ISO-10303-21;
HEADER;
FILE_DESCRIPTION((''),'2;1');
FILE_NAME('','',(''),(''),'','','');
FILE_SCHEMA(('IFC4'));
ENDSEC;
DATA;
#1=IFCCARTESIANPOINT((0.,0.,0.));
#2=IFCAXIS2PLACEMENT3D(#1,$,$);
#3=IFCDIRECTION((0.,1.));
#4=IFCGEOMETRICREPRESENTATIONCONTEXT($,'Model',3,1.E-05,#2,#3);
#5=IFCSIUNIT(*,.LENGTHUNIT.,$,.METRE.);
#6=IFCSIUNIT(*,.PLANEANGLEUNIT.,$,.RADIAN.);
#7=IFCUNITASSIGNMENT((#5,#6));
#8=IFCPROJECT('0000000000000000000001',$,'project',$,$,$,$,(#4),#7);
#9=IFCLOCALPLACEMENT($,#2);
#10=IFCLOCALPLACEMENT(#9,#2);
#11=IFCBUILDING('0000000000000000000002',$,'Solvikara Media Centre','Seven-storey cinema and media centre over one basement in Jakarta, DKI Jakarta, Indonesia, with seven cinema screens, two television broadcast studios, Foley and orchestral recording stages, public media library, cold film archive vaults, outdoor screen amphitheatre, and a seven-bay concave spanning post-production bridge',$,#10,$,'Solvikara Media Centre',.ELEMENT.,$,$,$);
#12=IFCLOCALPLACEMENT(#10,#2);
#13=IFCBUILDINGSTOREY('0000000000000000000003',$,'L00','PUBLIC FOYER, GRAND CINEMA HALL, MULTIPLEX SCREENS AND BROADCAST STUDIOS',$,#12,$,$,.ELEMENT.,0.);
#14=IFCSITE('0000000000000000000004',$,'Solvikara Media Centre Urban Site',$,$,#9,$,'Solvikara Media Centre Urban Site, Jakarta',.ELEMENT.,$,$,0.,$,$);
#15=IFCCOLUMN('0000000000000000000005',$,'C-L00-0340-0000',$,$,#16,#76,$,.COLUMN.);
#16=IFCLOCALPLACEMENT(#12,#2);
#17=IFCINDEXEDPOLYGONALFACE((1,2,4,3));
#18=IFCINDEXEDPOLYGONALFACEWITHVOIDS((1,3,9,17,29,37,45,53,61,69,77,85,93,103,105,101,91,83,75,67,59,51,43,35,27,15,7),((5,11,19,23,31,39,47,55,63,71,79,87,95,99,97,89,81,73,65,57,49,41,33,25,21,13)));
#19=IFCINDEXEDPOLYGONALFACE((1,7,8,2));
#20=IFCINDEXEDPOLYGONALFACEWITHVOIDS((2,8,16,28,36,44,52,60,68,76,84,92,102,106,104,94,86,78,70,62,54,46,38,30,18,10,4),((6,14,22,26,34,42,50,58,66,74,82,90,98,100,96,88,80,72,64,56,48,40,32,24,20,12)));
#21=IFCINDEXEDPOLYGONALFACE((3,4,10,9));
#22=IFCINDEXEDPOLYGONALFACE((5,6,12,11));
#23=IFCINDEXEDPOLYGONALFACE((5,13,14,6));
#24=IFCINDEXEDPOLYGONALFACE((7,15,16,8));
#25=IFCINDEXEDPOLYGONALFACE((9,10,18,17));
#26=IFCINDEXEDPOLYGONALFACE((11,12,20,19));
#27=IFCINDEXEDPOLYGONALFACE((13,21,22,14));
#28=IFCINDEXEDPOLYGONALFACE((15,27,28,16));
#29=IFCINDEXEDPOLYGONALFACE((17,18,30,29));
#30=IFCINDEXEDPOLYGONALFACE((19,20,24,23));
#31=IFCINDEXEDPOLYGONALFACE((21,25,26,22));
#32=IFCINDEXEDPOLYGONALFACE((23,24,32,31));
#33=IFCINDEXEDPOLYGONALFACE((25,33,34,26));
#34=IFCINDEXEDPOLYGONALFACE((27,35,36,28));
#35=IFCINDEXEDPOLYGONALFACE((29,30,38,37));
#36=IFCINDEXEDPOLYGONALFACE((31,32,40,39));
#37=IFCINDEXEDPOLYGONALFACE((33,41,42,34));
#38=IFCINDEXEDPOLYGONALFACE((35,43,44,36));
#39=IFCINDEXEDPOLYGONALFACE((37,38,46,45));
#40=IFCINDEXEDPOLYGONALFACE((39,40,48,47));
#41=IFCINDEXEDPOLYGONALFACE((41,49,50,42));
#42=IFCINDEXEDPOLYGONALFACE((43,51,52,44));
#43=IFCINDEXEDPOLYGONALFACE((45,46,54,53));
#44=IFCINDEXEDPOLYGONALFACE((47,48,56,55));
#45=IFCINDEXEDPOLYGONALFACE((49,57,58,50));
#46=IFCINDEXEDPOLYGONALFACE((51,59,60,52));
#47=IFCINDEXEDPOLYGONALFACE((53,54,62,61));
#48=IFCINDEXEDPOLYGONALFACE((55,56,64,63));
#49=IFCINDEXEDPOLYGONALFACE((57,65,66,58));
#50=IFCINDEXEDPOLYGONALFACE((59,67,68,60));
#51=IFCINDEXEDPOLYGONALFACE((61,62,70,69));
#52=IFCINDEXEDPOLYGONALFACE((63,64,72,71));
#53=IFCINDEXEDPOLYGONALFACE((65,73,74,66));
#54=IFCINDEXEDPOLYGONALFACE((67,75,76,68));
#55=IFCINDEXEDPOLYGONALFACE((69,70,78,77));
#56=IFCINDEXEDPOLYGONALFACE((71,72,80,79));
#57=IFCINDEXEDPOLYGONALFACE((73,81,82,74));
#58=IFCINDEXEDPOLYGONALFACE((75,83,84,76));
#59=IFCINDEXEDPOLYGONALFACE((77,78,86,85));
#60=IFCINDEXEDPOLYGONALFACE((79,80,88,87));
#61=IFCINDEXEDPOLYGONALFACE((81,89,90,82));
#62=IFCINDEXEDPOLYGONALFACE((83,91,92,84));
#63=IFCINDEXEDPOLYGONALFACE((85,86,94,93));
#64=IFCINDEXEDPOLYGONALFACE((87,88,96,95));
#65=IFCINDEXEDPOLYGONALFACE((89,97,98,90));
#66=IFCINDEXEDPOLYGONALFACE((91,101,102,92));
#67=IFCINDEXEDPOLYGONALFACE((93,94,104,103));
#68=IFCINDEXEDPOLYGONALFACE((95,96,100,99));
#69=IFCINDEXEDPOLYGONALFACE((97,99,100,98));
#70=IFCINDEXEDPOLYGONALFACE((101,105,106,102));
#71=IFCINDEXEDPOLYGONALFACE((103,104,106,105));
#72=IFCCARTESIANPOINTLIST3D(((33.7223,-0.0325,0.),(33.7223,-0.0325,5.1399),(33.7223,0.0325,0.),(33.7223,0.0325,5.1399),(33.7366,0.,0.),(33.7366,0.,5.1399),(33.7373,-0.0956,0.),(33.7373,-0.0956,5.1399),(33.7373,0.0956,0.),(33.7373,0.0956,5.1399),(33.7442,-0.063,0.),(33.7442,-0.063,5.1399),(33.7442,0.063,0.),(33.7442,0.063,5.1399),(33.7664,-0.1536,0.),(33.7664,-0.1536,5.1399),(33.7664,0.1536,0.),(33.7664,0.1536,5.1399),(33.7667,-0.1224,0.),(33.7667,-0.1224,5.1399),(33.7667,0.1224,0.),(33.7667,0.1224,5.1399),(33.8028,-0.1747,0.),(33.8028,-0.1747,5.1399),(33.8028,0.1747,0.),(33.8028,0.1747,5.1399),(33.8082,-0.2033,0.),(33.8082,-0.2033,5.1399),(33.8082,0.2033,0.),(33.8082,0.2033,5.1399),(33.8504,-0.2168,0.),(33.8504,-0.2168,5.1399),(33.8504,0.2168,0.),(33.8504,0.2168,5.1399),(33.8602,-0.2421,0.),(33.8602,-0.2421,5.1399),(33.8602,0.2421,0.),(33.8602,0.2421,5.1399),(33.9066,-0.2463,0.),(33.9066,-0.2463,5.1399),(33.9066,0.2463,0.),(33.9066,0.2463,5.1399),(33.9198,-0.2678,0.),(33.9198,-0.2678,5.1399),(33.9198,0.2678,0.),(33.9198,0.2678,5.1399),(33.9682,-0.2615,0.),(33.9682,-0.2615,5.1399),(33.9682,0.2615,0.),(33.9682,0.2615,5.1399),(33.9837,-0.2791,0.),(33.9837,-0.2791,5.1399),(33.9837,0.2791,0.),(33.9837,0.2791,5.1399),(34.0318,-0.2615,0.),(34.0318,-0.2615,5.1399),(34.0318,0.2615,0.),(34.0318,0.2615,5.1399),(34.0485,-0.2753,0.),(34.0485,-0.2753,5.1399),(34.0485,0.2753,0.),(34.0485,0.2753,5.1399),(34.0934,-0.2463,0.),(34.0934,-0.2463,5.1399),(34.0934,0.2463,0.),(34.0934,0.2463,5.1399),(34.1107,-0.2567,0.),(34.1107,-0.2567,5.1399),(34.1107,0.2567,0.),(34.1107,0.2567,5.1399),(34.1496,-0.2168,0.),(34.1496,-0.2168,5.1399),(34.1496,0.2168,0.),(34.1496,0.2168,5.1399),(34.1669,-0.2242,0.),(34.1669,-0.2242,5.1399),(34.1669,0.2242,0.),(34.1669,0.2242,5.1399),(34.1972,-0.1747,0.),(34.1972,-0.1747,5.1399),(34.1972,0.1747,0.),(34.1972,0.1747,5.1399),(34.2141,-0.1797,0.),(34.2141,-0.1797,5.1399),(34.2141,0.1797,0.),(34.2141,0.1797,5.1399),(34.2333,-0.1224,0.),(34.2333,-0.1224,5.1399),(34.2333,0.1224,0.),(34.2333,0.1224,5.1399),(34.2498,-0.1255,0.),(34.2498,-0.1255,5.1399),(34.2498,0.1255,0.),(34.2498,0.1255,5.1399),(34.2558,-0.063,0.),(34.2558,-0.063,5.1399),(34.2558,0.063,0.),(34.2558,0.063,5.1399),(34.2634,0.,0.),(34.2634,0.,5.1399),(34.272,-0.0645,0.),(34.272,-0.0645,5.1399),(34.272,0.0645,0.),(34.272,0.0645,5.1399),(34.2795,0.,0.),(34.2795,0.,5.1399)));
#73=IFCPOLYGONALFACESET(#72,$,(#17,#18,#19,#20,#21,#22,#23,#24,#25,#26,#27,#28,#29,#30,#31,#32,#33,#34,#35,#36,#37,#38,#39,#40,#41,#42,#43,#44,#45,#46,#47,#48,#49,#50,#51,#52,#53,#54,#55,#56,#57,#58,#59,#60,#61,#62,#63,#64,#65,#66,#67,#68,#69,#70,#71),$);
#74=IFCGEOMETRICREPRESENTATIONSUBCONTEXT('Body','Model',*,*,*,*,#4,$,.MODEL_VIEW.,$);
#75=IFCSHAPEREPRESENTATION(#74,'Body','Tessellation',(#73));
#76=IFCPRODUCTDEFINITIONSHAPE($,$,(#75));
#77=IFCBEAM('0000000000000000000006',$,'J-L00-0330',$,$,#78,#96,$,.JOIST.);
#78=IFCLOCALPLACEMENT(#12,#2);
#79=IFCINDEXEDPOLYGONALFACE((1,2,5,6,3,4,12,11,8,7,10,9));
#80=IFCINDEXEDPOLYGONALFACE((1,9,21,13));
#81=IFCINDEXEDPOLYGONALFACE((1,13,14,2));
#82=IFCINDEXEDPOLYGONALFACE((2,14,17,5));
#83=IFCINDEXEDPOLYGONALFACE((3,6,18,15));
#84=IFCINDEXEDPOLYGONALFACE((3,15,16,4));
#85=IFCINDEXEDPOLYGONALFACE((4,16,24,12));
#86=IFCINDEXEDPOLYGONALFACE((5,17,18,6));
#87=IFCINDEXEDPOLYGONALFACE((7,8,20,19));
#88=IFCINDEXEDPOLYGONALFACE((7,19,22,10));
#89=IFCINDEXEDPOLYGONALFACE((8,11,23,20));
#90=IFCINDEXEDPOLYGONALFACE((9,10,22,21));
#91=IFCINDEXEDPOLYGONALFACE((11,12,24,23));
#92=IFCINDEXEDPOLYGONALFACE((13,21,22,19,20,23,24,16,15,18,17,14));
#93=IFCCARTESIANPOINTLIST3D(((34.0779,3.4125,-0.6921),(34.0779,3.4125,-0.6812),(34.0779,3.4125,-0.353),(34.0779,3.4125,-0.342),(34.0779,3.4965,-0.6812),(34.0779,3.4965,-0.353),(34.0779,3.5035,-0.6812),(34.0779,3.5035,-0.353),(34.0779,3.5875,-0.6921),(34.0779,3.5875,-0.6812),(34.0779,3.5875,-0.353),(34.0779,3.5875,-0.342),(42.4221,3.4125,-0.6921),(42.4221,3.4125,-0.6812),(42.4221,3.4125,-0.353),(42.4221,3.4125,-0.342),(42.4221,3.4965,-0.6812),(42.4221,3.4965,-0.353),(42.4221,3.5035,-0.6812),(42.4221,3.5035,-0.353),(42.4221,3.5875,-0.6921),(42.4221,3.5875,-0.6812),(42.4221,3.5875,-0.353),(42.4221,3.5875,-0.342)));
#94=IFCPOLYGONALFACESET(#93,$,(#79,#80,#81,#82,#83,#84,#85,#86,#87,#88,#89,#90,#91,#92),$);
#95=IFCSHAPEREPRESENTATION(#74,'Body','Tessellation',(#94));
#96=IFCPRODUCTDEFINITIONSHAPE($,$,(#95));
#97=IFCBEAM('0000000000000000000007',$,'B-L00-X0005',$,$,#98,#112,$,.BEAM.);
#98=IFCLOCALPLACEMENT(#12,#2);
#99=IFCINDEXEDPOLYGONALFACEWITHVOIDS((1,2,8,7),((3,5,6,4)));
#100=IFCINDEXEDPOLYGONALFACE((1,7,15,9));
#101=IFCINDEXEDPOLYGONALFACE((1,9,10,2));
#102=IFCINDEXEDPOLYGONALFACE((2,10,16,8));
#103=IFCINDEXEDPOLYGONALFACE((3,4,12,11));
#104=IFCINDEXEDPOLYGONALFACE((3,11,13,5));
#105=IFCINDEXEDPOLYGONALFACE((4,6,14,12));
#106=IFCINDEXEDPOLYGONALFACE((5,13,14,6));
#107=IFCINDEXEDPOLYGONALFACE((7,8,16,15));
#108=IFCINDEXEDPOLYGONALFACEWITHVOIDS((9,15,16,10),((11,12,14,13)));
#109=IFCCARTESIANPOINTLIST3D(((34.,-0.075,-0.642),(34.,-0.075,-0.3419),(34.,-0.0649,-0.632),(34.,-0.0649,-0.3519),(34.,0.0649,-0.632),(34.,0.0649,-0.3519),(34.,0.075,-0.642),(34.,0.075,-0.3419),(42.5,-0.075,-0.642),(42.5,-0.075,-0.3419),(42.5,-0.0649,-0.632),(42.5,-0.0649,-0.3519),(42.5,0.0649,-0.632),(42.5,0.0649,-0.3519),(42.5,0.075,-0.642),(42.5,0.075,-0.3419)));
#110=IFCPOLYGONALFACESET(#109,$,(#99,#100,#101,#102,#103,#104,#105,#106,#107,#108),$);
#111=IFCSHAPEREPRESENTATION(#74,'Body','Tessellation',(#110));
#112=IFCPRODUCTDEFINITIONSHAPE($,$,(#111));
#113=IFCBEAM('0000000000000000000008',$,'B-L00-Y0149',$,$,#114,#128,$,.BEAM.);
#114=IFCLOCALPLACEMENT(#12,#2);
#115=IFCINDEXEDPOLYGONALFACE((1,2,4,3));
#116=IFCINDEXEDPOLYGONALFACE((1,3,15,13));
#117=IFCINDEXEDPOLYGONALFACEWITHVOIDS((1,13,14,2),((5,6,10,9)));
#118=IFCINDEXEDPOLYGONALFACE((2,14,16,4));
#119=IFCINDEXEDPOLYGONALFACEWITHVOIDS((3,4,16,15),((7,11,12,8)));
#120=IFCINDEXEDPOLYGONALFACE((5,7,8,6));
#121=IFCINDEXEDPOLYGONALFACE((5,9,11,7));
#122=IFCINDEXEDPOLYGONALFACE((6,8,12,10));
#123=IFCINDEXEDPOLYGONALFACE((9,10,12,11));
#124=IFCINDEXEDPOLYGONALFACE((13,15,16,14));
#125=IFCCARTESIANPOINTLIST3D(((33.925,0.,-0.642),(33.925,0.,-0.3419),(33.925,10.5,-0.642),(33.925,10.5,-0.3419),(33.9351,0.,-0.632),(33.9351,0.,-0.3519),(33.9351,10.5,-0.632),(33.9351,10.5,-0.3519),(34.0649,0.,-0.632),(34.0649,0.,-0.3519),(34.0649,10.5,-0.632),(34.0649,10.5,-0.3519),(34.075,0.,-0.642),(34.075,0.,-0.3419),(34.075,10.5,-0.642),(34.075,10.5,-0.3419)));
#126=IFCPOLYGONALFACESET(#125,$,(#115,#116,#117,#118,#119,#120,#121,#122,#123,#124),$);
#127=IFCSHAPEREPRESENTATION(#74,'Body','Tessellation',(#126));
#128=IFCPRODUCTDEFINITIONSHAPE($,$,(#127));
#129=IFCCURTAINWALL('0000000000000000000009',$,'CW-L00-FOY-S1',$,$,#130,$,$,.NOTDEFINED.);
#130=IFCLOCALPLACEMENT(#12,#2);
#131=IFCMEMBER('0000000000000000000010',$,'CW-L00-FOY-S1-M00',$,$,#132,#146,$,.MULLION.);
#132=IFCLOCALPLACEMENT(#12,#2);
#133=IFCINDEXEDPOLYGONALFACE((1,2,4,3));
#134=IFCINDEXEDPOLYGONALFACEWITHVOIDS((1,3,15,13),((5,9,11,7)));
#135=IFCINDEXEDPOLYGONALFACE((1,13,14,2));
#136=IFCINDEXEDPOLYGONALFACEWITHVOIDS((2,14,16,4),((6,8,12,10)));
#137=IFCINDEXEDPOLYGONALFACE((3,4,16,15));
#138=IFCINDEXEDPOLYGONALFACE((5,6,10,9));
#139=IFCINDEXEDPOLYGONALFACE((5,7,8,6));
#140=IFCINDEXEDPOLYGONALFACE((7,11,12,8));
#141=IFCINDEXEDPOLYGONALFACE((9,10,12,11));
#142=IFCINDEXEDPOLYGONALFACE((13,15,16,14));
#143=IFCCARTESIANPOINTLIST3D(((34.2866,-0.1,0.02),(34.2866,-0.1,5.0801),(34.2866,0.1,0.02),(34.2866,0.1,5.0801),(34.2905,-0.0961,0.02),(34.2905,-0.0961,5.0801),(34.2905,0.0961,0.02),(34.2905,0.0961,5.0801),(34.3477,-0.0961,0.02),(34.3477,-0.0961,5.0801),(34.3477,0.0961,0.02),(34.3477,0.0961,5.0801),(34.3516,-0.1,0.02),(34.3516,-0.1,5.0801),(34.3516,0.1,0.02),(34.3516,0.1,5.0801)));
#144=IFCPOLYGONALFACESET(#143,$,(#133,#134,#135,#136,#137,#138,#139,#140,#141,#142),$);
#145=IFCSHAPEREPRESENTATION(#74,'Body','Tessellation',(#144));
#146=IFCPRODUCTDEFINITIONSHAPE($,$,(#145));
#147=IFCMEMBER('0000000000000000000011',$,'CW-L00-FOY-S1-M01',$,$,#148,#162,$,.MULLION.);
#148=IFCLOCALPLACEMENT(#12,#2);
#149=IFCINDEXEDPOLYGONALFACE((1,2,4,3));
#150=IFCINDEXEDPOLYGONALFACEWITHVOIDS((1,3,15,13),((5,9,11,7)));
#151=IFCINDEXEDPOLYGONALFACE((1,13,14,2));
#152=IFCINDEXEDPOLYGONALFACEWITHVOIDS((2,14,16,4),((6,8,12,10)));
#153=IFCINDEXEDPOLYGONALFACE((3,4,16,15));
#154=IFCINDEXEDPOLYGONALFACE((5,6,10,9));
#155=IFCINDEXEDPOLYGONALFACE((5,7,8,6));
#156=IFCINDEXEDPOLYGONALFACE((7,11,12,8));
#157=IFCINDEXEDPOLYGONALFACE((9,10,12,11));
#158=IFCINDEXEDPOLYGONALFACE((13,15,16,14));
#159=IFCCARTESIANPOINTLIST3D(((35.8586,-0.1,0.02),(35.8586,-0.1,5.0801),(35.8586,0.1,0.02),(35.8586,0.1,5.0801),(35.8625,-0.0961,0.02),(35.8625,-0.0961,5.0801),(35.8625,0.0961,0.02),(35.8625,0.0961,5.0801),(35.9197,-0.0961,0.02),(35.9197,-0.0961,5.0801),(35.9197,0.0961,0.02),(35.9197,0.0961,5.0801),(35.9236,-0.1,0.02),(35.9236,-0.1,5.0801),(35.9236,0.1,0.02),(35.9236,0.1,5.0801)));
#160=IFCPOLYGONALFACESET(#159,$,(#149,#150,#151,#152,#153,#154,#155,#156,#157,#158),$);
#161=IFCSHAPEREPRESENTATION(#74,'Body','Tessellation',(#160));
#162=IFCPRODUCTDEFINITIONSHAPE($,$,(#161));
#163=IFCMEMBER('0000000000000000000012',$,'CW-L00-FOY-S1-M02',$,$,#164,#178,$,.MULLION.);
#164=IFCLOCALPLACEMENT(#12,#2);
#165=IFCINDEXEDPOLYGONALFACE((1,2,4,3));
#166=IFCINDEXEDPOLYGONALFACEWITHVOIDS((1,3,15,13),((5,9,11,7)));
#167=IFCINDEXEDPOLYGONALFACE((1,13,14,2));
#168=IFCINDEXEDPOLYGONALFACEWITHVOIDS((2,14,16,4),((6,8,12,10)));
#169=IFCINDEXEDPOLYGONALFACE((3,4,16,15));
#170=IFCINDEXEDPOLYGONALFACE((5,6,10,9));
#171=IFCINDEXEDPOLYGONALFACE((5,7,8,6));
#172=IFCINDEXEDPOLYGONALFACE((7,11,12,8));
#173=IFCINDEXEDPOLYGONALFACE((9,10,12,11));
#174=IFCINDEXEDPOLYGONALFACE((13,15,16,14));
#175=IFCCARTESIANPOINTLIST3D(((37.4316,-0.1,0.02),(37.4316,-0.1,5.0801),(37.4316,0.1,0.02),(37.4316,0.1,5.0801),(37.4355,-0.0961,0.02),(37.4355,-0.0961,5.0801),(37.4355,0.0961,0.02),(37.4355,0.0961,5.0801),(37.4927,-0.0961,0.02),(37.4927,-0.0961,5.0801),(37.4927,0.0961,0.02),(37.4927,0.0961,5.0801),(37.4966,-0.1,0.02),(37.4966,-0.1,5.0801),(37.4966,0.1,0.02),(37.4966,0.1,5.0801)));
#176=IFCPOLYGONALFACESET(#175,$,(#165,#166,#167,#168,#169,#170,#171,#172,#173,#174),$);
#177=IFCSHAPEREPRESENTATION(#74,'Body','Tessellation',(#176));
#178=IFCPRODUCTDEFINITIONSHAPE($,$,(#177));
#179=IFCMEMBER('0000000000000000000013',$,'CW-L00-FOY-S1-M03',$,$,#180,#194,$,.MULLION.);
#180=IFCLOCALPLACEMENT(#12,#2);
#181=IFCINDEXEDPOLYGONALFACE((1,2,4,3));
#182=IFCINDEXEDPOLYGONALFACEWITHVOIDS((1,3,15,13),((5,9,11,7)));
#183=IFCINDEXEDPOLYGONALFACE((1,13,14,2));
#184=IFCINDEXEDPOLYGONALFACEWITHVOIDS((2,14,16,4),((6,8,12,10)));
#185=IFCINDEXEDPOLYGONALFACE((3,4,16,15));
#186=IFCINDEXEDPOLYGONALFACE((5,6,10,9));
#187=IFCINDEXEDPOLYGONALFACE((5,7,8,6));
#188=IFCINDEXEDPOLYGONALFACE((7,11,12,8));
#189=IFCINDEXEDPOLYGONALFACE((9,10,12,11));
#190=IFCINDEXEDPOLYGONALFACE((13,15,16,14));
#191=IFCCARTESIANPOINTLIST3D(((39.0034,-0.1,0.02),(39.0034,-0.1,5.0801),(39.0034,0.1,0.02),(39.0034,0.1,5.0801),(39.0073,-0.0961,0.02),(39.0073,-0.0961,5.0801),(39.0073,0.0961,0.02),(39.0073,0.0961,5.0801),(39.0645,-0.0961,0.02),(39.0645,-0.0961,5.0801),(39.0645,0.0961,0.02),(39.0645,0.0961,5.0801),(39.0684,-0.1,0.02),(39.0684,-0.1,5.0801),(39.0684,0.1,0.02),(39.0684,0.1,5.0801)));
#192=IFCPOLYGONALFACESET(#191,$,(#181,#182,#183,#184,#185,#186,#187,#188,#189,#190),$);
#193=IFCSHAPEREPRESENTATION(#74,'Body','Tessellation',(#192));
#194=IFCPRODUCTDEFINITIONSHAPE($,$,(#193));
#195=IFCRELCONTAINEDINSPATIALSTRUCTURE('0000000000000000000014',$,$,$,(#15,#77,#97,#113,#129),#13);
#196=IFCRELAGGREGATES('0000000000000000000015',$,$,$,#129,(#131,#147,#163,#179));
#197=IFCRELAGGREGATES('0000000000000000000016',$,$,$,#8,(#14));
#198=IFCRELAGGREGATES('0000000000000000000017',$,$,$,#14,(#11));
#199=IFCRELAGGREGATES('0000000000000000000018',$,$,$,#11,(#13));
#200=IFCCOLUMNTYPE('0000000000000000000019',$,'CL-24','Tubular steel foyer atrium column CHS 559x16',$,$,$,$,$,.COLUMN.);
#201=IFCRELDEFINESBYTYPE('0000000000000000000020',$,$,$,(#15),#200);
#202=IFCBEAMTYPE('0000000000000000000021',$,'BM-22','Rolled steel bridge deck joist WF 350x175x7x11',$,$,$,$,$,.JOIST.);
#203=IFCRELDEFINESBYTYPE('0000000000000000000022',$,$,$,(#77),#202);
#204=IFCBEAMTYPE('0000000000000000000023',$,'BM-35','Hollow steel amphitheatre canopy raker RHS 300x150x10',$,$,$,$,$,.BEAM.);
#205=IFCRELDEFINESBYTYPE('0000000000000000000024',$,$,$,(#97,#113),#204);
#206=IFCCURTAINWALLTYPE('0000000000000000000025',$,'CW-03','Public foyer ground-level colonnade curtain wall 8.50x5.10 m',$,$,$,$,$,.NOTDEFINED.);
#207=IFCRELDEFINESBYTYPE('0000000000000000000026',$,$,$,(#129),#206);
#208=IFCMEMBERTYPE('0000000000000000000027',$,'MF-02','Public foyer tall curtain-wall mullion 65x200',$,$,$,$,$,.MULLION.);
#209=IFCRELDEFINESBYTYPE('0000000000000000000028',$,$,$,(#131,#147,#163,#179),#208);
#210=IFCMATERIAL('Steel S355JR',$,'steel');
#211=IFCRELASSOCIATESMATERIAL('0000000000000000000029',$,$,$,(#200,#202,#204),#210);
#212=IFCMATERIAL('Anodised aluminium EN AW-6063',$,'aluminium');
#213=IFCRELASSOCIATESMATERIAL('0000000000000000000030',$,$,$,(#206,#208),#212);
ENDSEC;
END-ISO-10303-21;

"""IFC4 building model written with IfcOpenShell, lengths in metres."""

from ifc_helpers import new_model, si_unit, direction, frame, origin, origin_2d, place, context, subcontext, project, spatial, hollow_rectangle, hollow_circle, i_section, extrude, material, material_profile, profile_set, type_object, element, aggregate, save


model = new_model("IFC4")

# Units and contexts
model_context = context("Model", 3, precision=1e-05, world=origin(), true_north=direction((0.0, 1.0)))
body_context = subcontext(model_context, "Body", "Model", "MODEL_VIEW")
ifc_project = project(units=[si_unit("LENGTHUNIT", "METRE"), si_unit("PLANEANGLEUNIT", "RADIAN")], contexts=[model_context])

# Site, building, storey
site_placement = place(None, origin())
site = spatial("IfcSite", under=ifc_project, at=site_placement, Name="Solvikara Media Centre Urban Site", LongName="Solvikara Media Centre Urban Site, Jakarta", CompositionType="ELEMENT", RefElevation=0.0)
building_placement = place(site_placement, origin())
building = spatial("IfcBuilding", under=site, at=building_placement, Name="Solvikara Media Centre", Description="Seven-storey cinema and media centre over one basement in Jakarta, DKI Jakarta, Indonesia, with seven cinema screens, two television broadcast studios, Foley and orchestral recording stages, public media library, cold film archive vaults, outdoor screen amphitheatre, and a seven-bay concave spanning post-production bridge", LongName="Solvikara Media Centre", CompositionType="ELEMENT")
storey_placement = place(building_placement, origin())
storey = spatial("IfcBuildingStorey", under=building, at=storey_placement, Name="L00", Description="PUBLIC FOYER, GRAND CINEMA HALL, MULTIPLEX SCREENS AND BROADCAST STUDIOS", CompositionType="ELEMENT", Elevation=0.0)

# Column
ifc_material_1 = material(Name="Steel S355JR", Category="steel")
ifc_material_profile_1 = material_profile(ifc_material_1, hollow_circle(Radius=0.2795, WallThickness=0.0161, at=origin_2d()), Name="CHS 559x16")
ifc_profile_set_1 = profile_set([ifc_material_profile_1], Name="Steel S355JR")
column_type = type_object("IfcColumnType", Name="CL-24", Description="Tubular steel foyer atrium column CHS 559x16", PredefinedType="COLUMN", material=ifc_profile_set_1)
column_placement = place(storey_placement, frame((34.0, 0.0, 0.0), z_axis=(0.0, 0.0, 1.0), x_axis=(1.0, 0.0, 0.0)))
element("IfcColumn", 1, at=column_placement, inside=storey, type_object=column_type, Name="C-L00-0340-0000", PredefinedType="COLUMN", context=body_context, shape_type="SweptSolid", body=[
    extrude(hollow_circle(Radius=0.2795, WallThickness=0.0161, at=origin_2d()), origin(), (0.0, 0.0, 1.0), 5.1399),
])

# Beams
ifc_material_profile_2 = material_profile(ifc_material_1, i_section(OverallWidth=0.175, OverallDepth=0.3501, WebThickness=0.0071, FlangeThickness=0.011, at=origin_2d()), Name="WF 350x175x7x11")
ifc_profile_set_2 = profile_set([ifc_material_profile_2], Name="Steel S355JR")
beam_type_1 = type_object("IfcBeamType", Name="BM-22", Description="Rolled steel bridge deck joist WF 350x175x7x11", PredefinedType="JOIST", material=ifc_profile_set_2)
beam_1_placement = place(storey_placement, frame((34.0779, 3.5, -0.5171), z_axis=(1.0, 0.0, 0.0), x_axis=(0.0, 1.0, 0.0)))
element("IfcBeam", 2, at=beam_1_placement, inside=storey, type_object=beam_type_1, Name="J-L00-0330", PredefinedType="JOIST", context=body_context, shape_type="SweptSolid", body=[
    extrude(i_section(OverallWidth=0.175, OverallDepth=0.3501, WebThickness=0.0071, FlangeThickness=0.011, at=origin_2d()), origin(), (0.0, 0.0, 1.0), 8.3442),
])
ifc_material_profile_3 = material_profile(ifc_material_1, hollow_rectangle(XDim=0.1499, YDim=0.3, WallThickness=0.01, at=origin_2d()), Name="RHS 300x150x10")
ifc_profile_set_3 = profile_set([ifc_material_profile_3], Name="Steel S355JR")
beam_type_2 = type_object("IfcBeamType", Name="BM-35", Description="Hollow steel amphitheatre canopy raker RHS 300x150x10", PredefinedType="BEAM", material=ifc_profile_set_3)
beam_2_placement = place(storey_placement, frame((34.0, 0.0, -0.4919), z_axis=(1.0, 0.0, 0.0), x_axis=(0.0, 1.0, 0.0)))
element("IfcBeam", 3, at=beam_2_placement, inside=storey, type_object=beam_type_2, Name="B-L00-X0005", PredefinedType="BEAM", context=body_context, shape_type="SweptSolid", body=[
    extrude(hollow_rectangle(XDim=0.1499, YDim=0.3, WallThickness=0.01, at=origin_2d()), origin(), (0.0, 0.0, 1.0), 8.5),
])
beam_3_placement = place(storey_placement, frame((34.0, 0.0, -0.4919), z_axis=(0.0, 1.0, 0.0), x_axis=(-1.0, 0.0, 0.0)))
element("IfcBeam", 4, at=beam_3_placement, inside=storey, type_object=beam_type_2, Name="B-L00-Y0149", PredefinedType="BEAM", context=body_context, shape_type="SweptSolid", body=[
    extrude(hollow_rectangle(XDim=0.1499, YDim=0.3, WallThickness=0.01, at=origin_2d()), origin(), (0.0, 0.0, 1.0), 10.5),
])

# Curtain wall, members
ifc_material_2 = material(Name="Anodised aluminium EN AW-6063", Category="aluminium")
curtain_wall_type = type_object("IfcCurtainWallType", Name="CW-03", Description="Public foyer ground-level colonnade curtain wall 8.50x5.10 m", PredefinedType="NOTDEFINED", material=ifc_material_2)
curtain_wall_placement = place(storey_placement, origin())
curtain_wall = element("IfcCurtainWall", 5, at=curtain_wall_placement, inside=storey, type_object=curtain_wall_type, Name="CW-L00-FOY-S1", PredefinedType="NOTDEFINED")
ifc_material_profile_4 = material_profile(ifc_material_2, hollow_rectangle(XDim=0.0649, YDim=0.2, WallThickness=0.0039, at=origin_2d()), Name="ALU-M 65x200x4")
ifc_profile_set_4 = profile_set([ifc_material_profile_4], Name="Anodised aluminium EN AW-6063")
member_type_1 = type_object("IfcMemberType", Name="MF-02", Description="Public foyer tall curtain-wall mullion 65x200", PredefinedType="MULLION", material=ifc_profile_set_4)
member_1_placement = place(storey_placement, frame((34.3191, 0.0, 0.02), z_axis=(0.0, 0.0, 1.0), x_axis=(1.0, 0.0, 0.0)))
member_1 = element("IfcMember", 6, at=member_1_placement, type_object=member_type_1, Name="CW-L00-FOY-S1-M00", PredefinedType="MULLION", context=body_context, shape_type="SweptSolid", body=[
    extrude(hollow_rectangle(XDim=0.0649, YDim=0.2, WallThickness=0.0039, at=origin_2d()), origin(), (0.0, 0.0, 1.0), 5.0601),
])
member_2_placement = place(storey_placement, frame((35.8911, 0.0, 0.02), z_axis=(0.0, 0.0, 1.0), x_axis=(1.0, 0.0, 0.0)))
member_2 = element("IfcMember", 7, at=member_2_placement, type_object=member_type_1, Name="CW-L00-FOY-S1-M01", PredefinedType="MULLION", context=body_context, shape_type="SweptSolid", body=[
    extrude(hollow_rectangle(XDim=0.0649, YDim=0.2, WallThickness=0.0039, at=origin_2d()), origin(), (0.0, 0.0, 1.0), 5.0601),
])
member_3_placement = place(storey_placement, frame((37.4641, 0.0, 0.02), z_axis=(0.0, 0.0, 1.0), x_axis=(1.0, 0.0, 0.0)))
member_3 = element("IfcMember", 8, at=member_3_placement, type_object=member_type_1, Name="CW-L00-FOY-S1-M02", PredefinedType="MULLION", context=body_context, shape_type="SweptSolid", body=[
    extrude(hollow_rectangle(XDim=0.0649, YDim=0.2, WallThickness=0.0039, at=origin_2d()), origin(), (0.0, 0.0, 1.0), 5.0601),
])
member_4_placement = place(storey_placement, frame((39.0359, 0.0, 0.02), z_axis=(0.0, 0.0, 1.0), x_axis=(1.0, 0.0, 0.0)))
member_4 = element("IfcMember", 9, at=member_4_placement, type_object=member_type_1, Name="CW-L00-FOY-S1-M03", PredefinedType="MULLION", context=body_context, shape_type="SweptSolid", body=[
    extrude(hollow_rectangle(XDim=0.0649, YDim=0.2, WallThickness=0.0039, at=origin_2d()), origin(), (0.0, 0.0, 1.0), 5.0601),
])
aggregate(curtain_wall, [member_1, member_2, member_3, member_4])

save(model, "model.ifc")
